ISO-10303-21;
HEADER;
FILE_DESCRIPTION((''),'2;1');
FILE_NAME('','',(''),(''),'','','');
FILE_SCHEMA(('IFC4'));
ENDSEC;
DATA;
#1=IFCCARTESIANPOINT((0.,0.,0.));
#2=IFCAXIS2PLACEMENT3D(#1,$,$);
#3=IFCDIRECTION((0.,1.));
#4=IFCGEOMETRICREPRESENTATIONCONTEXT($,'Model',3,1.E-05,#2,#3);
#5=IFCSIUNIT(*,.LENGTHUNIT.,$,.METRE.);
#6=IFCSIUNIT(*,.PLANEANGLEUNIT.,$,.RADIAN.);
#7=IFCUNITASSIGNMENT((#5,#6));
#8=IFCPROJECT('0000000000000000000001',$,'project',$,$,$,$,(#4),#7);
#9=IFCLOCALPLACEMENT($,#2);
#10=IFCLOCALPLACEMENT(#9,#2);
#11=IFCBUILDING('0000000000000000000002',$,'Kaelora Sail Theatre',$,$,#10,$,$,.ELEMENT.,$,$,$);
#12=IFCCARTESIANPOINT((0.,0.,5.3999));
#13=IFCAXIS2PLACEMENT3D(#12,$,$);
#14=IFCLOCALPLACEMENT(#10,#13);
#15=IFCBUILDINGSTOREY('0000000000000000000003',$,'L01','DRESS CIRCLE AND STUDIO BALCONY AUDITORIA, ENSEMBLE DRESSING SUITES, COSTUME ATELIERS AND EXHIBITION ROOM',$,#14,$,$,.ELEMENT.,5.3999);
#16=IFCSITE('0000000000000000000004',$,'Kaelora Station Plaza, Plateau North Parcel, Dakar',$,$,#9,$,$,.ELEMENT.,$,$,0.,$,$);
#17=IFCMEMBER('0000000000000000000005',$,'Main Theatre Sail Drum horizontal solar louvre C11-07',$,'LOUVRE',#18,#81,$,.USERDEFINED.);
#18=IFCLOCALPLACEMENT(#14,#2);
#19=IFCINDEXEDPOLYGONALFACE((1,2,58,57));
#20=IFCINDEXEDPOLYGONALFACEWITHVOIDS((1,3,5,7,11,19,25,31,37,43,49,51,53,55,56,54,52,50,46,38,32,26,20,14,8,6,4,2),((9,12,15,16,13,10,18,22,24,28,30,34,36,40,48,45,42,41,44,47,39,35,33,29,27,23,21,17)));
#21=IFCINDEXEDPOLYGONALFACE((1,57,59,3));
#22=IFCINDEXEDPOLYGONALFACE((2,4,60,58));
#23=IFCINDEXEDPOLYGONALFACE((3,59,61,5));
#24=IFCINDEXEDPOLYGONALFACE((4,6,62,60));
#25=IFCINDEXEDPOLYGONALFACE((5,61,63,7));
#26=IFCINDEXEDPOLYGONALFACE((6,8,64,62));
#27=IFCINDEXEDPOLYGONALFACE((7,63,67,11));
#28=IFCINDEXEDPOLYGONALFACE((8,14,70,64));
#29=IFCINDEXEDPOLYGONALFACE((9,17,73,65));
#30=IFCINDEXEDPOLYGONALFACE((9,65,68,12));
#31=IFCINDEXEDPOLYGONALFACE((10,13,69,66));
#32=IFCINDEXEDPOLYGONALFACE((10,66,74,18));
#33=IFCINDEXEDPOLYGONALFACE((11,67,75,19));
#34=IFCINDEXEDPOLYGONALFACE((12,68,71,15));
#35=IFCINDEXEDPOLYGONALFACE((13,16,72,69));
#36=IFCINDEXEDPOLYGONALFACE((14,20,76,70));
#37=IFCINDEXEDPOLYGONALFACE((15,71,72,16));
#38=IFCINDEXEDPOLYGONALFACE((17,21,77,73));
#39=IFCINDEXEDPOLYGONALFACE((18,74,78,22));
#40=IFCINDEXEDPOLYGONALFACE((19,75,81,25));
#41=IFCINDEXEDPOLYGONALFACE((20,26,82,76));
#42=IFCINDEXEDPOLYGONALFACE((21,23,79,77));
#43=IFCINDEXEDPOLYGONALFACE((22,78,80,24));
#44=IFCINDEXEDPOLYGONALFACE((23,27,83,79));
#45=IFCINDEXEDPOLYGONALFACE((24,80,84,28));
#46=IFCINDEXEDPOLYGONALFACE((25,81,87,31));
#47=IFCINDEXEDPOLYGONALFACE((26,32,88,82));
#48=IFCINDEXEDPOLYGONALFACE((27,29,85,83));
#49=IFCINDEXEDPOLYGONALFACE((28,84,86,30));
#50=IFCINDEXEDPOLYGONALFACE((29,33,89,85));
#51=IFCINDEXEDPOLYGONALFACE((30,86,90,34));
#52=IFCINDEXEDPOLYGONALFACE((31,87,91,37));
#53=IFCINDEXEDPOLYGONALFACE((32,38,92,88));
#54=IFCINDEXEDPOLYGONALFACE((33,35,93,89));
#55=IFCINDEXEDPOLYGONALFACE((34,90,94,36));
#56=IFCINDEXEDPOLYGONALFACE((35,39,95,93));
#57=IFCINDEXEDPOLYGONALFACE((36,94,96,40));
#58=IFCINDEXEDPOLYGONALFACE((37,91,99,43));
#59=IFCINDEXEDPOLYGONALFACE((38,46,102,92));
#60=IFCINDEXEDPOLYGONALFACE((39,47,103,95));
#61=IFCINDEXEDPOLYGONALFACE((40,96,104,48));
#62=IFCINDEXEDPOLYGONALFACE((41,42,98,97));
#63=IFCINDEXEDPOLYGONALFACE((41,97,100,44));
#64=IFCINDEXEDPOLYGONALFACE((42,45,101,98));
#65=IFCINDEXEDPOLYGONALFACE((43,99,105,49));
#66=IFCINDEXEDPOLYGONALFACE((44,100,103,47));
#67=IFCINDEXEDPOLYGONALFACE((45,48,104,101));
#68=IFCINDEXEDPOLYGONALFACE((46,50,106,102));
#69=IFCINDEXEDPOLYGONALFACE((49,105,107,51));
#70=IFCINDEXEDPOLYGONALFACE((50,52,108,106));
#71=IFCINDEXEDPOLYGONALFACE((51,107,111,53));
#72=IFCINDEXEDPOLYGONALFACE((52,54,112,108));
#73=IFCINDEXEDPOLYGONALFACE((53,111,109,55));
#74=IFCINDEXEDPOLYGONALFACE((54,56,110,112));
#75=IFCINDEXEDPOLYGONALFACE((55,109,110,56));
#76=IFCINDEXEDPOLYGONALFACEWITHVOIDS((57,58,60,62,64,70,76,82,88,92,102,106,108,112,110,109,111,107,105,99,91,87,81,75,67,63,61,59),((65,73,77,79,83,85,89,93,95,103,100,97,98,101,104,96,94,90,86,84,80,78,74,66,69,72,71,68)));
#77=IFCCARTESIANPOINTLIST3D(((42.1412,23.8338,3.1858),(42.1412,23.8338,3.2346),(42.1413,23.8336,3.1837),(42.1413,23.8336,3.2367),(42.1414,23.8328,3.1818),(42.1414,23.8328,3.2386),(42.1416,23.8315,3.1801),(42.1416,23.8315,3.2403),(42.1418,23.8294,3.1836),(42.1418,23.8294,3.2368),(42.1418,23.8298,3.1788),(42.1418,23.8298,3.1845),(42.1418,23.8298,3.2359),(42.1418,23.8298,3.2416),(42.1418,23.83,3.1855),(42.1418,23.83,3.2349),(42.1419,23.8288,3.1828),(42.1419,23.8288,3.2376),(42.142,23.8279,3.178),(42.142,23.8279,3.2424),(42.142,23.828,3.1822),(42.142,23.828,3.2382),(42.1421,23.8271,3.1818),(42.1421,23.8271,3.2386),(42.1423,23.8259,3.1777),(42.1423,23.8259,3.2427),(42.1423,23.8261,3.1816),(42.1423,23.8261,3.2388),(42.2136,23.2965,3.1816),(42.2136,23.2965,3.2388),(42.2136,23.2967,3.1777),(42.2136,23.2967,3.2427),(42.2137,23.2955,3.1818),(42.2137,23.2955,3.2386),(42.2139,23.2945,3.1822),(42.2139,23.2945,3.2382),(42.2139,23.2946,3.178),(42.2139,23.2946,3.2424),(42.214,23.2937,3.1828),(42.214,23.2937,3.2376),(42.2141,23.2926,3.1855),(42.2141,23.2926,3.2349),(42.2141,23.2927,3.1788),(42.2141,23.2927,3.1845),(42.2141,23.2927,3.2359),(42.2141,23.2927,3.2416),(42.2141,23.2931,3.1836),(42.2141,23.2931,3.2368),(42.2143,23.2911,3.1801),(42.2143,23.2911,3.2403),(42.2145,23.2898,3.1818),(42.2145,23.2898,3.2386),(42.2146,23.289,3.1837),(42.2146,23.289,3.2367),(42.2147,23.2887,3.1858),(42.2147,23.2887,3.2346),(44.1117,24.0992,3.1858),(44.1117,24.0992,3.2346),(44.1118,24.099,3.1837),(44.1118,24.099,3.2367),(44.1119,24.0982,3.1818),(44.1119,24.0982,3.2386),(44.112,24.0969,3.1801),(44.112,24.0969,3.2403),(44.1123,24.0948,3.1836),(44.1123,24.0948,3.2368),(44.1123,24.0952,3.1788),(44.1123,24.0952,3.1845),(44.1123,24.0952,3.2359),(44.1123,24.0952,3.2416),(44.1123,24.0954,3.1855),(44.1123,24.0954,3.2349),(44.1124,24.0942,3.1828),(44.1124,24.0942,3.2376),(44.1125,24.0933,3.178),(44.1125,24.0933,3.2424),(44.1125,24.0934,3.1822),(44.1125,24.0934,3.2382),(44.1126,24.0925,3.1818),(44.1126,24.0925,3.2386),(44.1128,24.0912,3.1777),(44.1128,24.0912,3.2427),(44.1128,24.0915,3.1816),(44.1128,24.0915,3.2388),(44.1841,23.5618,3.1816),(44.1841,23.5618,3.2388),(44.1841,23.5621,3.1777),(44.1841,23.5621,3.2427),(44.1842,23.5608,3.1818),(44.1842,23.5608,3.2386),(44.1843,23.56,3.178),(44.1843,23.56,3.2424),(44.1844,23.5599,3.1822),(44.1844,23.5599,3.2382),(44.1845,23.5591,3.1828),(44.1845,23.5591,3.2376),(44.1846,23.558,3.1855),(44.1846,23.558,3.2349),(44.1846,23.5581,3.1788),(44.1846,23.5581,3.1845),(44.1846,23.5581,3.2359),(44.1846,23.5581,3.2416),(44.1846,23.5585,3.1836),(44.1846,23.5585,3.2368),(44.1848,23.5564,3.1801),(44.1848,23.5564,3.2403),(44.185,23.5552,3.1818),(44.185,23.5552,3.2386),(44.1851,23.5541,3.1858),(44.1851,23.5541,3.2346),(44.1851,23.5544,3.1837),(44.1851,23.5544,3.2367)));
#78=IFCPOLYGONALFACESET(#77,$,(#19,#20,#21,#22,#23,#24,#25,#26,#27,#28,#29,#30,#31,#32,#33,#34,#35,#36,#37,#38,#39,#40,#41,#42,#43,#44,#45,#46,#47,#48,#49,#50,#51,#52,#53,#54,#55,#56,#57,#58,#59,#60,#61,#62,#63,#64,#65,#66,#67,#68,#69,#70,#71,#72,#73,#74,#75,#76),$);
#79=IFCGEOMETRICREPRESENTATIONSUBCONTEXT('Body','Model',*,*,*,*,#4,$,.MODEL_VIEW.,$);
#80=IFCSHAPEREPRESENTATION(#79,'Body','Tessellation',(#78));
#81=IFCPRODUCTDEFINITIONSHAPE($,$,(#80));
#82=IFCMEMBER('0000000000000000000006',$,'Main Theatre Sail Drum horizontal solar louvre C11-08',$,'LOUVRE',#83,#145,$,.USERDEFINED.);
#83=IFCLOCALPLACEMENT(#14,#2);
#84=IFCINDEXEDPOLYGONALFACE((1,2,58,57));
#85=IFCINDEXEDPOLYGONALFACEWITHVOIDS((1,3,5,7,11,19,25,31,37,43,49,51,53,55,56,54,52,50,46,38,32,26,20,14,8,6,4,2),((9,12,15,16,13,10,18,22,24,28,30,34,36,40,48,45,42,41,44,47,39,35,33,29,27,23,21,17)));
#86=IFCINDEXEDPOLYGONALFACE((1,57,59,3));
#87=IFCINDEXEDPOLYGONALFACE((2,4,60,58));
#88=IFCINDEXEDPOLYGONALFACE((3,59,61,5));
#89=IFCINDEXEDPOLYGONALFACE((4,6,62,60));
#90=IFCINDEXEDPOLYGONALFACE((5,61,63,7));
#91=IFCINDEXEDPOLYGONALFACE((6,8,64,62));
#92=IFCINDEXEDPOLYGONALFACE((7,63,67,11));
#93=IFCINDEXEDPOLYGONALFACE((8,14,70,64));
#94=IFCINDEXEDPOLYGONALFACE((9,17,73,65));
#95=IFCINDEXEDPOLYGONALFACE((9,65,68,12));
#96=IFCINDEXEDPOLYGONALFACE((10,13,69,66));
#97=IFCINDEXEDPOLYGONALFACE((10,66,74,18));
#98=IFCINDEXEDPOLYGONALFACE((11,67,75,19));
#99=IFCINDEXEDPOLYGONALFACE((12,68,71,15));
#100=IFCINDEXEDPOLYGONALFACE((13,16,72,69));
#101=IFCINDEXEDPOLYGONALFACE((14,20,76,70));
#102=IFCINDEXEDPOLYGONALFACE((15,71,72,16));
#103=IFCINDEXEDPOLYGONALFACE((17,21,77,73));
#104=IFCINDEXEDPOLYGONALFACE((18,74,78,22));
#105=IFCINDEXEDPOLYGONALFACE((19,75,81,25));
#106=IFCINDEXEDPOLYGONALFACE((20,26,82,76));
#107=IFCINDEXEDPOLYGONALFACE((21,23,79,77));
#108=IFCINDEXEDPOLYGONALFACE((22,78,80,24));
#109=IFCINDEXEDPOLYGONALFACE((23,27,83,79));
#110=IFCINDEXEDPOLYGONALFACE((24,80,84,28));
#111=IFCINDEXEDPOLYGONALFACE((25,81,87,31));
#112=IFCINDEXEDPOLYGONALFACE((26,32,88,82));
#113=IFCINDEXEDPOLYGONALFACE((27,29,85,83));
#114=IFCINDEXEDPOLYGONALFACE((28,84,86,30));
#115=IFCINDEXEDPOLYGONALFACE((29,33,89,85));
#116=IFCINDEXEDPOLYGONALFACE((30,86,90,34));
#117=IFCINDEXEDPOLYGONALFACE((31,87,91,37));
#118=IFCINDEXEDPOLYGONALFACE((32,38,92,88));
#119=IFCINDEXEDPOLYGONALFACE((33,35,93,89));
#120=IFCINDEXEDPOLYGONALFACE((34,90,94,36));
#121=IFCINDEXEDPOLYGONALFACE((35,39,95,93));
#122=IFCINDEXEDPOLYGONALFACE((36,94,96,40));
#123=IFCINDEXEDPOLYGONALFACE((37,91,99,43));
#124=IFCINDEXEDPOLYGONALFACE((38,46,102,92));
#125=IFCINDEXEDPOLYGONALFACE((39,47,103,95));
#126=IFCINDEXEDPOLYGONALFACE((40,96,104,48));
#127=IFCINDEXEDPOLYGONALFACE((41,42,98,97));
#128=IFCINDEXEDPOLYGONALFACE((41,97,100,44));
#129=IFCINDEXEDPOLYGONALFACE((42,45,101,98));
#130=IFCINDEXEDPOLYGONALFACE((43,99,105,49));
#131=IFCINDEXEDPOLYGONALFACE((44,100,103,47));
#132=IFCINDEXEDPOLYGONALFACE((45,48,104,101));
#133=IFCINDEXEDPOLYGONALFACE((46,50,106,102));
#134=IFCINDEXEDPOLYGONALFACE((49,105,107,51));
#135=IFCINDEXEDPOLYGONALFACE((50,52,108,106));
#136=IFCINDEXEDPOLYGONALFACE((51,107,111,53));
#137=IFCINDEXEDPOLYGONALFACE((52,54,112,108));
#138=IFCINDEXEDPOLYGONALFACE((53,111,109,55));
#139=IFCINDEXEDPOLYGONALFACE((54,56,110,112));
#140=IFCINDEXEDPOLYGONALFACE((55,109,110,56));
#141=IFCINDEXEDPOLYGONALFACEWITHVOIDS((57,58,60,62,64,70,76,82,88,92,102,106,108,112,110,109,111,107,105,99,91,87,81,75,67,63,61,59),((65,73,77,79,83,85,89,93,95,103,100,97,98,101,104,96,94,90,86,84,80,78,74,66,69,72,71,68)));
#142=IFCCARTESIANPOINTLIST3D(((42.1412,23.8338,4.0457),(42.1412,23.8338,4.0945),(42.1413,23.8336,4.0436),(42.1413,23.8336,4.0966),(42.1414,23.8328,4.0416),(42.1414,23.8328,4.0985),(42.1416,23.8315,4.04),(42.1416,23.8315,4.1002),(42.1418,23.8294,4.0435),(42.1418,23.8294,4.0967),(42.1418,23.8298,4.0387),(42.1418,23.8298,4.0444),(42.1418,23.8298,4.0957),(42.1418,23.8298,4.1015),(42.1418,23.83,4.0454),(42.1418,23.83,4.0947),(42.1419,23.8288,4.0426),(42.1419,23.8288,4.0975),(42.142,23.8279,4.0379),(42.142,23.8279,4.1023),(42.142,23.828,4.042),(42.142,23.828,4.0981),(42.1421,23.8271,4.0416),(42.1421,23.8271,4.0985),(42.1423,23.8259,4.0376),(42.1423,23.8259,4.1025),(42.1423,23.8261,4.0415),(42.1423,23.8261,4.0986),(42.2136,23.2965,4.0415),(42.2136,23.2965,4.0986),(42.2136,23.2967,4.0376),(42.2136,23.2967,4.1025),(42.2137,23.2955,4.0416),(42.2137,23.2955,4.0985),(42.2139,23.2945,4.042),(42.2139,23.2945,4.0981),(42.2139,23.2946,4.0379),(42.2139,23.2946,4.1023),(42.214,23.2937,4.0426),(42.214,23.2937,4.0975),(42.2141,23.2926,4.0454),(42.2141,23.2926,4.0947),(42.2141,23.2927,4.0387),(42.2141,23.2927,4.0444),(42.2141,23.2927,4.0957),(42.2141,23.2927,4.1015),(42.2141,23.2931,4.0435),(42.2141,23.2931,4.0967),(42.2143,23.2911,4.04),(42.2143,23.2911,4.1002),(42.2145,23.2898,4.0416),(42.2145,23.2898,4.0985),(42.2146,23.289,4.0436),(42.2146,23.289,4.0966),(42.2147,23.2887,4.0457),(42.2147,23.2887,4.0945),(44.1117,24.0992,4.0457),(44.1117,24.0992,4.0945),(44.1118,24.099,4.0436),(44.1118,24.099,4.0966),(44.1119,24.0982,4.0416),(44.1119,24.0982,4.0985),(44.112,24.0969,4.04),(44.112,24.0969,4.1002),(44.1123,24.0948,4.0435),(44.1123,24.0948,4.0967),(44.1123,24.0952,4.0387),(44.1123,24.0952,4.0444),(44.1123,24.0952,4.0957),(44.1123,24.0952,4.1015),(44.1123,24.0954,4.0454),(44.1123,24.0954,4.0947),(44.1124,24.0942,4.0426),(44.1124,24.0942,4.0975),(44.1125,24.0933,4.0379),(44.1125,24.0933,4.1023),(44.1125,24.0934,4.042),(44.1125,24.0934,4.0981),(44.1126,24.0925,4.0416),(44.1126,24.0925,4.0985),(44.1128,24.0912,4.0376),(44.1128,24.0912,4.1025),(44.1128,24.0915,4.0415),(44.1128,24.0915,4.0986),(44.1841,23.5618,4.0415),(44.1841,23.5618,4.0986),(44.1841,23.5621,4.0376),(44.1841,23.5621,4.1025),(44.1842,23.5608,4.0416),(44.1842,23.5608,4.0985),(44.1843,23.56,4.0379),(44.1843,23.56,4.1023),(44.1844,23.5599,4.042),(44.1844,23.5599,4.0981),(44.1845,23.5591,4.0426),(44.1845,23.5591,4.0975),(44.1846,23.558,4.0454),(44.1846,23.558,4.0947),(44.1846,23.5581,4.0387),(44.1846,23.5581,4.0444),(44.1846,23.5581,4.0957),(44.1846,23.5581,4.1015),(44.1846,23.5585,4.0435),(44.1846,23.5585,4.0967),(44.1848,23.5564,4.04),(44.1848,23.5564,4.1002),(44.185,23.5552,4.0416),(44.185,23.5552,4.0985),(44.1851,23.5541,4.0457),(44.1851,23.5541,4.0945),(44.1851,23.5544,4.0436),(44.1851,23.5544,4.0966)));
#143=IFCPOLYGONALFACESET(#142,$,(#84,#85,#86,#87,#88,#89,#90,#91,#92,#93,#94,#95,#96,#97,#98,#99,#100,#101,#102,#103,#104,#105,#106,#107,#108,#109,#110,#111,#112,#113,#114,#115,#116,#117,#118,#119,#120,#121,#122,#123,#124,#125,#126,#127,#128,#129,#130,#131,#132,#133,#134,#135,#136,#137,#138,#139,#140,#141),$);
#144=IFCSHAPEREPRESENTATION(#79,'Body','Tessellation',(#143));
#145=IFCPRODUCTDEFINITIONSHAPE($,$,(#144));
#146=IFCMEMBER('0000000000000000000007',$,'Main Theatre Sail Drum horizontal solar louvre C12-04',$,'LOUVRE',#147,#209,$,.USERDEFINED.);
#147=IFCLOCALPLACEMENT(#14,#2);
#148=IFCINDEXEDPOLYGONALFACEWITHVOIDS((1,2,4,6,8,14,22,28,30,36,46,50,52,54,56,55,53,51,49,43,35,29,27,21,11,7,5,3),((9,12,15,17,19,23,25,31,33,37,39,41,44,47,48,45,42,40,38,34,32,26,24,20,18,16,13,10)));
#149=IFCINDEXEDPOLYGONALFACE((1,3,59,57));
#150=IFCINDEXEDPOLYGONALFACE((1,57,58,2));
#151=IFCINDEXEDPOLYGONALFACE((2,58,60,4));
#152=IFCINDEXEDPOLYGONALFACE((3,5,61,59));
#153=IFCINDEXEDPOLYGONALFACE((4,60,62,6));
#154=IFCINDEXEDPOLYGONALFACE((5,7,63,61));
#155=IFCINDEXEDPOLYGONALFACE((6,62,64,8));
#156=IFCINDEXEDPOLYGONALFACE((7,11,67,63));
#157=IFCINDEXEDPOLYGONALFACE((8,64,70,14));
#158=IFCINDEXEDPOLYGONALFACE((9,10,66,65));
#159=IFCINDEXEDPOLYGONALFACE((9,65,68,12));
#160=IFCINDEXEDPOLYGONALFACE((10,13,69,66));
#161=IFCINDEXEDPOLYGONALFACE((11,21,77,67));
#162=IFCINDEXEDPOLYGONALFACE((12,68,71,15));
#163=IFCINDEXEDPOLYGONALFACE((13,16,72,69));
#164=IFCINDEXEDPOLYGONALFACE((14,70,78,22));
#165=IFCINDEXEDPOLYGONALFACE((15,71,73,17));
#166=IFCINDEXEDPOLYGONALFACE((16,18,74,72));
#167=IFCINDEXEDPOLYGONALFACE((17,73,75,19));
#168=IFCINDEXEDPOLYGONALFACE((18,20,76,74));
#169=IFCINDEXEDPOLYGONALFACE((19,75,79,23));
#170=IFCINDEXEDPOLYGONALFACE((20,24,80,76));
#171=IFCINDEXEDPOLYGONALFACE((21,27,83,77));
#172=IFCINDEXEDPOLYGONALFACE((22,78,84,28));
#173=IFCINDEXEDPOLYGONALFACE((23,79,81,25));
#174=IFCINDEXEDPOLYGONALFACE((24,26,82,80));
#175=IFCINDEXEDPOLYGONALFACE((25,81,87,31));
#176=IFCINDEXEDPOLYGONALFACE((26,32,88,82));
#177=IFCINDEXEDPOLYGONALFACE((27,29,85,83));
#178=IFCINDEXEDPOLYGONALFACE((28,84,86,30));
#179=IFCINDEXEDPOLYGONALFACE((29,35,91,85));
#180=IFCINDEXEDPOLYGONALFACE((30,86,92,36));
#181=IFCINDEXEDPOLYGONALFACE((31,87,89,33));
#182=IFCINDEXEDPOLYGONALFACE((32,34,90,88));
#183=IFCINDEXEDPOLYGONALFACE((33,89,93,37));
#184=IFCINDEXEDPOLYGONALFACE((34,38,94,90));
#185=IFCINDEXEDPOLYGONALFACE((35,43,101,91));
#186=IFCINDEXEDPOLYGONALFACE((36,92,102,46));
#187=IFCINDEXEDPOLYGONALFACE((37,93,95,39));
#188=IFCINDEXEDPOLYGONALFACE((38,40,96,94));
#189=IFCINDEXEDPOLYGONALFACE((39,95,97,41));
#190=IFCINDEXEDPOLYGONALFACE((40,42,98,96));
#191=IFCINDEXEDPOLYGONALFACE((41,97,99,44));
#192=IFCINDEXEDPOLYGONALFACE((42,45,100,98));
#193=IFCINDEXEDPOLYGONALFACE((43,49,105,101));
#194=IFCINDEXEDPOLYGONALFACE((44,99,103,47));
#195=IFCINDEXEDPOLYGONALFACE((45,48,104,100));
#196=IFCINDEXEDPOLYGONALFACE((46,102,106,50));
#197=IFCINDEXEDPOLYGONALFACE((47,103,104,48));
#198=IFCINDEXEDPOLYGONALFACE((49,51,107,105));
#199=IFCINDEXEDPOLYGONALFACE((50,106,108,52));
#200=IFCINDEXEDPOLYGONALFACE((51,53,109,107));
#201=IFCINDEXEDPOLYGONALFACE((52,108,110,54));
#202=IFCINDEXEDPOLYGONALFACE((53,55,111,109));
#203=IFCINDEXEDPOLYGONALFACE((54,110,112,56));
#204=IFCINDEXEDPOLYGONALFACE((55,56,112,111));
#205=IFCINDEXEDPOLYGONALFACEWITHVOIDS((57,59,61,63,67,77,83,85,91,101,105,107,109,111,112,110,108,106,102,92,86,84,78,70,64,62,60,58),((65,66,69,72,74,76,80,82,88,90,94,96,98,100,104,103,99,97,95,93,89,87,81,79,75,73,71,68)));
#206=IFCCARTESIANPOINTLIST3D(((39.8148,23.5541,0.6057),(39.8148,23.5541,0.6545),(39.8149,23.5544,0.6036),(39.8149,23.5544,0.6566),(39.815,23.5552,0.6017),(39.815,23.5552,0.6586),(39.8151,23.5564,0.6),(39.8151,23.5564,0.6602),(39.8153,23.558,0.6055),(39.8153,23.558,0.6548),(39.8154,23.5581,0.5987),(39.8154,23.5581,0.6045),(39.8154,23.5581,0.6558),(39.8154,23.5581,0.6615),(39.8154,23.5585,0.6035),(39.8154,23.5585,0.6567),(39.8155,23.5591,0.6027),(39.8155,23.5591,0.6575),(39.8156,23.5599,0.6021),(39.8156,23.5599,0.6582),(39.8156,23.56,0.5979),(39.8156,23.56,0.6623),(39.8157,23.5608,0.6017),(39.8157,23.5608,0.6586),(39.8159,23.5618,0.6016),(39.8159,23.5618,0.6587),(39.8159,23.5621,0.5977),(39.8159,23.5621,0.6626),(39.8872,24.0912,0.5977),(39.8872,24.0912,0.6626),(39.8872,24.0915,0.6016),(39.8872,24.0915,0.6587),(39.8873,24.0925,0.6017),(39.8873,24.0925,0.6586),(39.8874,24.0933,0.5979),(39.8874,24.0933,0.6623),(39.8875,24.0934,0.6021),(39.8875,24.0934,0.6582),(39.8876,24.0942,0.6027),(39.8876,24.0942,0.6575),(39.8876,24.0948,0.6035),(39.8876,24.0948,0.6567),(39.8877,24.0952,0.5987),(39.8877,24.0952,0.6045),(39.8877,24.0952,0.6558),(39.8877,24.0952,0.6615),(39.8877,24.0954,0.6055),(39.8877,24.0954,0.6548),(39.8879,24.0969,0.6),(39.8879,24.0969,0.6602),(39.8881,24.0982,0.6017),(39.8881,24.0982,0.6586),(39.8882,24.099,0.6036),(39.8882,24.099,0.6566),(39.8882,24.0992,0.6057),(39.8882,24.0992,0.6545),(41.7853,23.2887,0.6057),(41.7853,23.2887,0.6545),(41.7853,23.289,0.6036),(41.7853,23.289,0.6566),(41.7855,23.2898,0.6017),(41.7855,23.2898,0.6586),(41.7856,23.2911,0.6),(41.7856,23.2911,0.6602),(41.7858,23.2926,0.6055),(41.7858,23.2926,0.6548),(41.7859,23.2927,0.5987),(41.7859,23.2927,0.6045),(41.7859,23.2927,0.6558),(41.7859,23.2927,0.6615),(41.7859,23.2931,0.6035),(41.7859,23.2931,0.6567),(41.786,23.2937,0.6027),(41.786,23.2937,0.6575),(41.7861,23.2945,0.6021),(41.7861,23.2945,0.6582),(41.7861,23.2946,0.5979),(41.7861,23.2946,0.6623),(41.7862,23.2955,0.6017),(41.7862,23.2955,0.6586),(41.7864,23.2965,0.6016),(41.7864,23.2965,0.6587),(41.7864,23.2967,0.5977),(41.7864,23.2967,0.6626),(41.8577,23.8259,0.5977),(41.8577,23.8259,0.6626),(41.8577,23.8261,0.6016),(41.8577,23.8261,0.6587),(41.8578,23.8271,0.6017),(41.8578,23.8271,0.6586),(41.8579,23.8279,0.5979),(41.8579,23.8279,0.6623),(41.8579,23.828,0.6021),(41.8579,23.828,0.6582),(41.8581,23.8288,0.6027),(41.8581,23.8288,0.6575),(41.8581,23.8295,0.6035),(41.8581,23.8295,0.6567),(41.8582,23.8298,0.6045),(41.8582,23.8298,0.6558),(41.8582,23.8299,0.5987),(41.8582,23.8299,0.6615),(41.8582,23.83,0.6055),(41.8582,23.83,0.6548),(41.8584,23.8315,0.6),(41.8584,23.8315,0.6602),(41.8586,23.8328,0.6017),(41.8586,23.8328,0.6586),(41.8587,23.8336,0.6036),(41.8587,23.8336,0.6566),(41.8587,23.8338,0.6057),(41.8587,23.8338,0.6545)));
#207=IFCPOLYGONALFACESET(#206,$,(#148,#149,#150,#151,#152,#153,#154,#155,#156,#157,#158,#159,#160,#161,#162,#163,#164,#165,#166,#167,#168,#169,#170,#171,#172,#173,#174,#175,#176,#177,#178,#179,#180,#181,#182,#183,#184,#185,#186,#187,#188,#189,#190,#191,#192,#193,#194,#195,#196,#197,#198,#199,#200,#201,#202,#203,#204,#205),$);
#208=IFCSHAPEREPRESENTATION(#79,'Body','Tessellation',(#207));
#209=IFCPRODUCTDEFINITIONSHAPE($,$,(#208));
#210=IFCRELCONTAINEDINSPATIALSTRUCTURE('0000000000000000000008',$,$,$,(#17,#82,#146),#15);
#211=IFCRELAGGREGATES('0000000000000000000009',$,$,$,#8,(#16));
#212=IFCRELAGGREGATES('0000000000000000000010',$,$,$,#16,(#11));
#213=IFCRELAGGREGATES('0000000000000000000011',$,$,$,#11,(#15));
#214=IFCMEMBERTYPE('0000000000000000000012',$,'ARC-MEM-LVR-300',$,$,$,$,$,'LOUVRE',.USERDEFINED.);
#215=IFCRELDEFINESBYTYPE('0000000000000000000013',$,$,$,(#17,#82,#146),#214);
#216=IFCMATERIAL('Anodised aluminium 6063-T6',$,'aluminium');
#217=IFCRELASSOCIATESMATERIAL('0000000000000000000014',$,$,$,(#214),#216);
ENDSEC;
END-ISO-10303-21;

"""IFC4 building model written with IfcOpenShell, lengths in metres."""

from ifc_helpers import new_model, si_unit, direction, frame, origin, origin_2d, place, context, subcontext, project, spatial, hollow_rectangle, extrude, material, material_profile, profile_set, type_object, element, save


model = new_model("IFC4")

# Units and contexts
model_context = context("Model", 3, precision=1e-05, world=origin(), true_north=direction((0.0, 1.0)))
body_context = subcontext(model_context, "Body", "Model", "MODEL_VIEW")
ifc_project = project(units=[si_unit("LENGTHUNIT", "METRE"), si_unit("PLANEANGLEUNIT", "RADIAN")], contexts=[model_context])

# Site, building, storey
site_placement = place(None, origin())
site = spatial("IfcSite", under=ifc_project, at=site_placement, Name="Kaelora Station Plaza, Plateau North Parcel, Dakar", CompositionType="ELEMENT", RefElevation=0.0)
building_placement = place(site_placement, origin())
building = spatial("IfcBuilding", under=site, at=building_placement, Name="Kaelora Sail Theatre", CompositionType="ELEMENT")
storey_placement = place(building_placement, frame((0.0, 0.0, 5.3999)))
storey = spatial("IfcBuildingStorey", under=building, at=storey_placement, Name="L01", Description="DRESS CIRCLE AND STUDIO BALCONY AUDITORIA, ENSEMBLE DRESSING SUITES, COSTUME ATELIERS AND EXHIBITION ROOM", CompositionType="ELEMENT", Elevation=5.3999)

# Members
ifc_material_1 = material(Name="Anodised aluminium 6063-T6", Category="aluminium")
ifc_material_profile_1 = material_profile(ifc_material_1, hollow_rectangle(XDim=0.55, YDim=0.0649, WallThickness=0.0039, InnerFilletRadius=0.0039, OuterFilletRadius=0.0081, at=origin_2d()), Name="LOUVRE 550x65x4")
ifc_profile_set_1 = profile_set([ifc_material_profile_1], Name="Anodised aluminium 6063-T6")
member_type = type_object("IfcMemberType", Name="ARC-MEM-LVR-300", ElementType="LOUVRE", PredefinedType="USERDEFINED", material=ifc_profile_set_1)
for number, where, z_axis, x_axis, name in (
    (1, (44.1484, 23.8267, 3.2102), (-0.991052, -0.133475, 0.0), (0.133475, -0.991052, 0.0), "Main Theatre Sail Drum horizontal solar louvre C11-07"),
    (2, (44.1484, 23.8267, 4.0701), (-0.991052, -0.133475, 0.0), (0.133475, -0.991052, 0.0), "Main Theatre Sail Drum horizontal solar louvre C11-08"),
    (3, (41.822, 23.5613, 0.6301), (-0.991052, 0.133475, 0.0), (-0.133475, -0.991052, 0.0), "Main Theatre Sail Drum horizontal solar louvre C12-04"),
):
    element("IfcMember", number, at=place(storey_placement, frame(where, z_axis=z_axis, x_axis=x_axis)), inside=storey, type_object=member_type, Name=name, ObjectType="LOUVRE", PredefinedType="USERDEFINED", context=body_context, shape_type="SweptSolid", body=[
        extrude(hollow_rectangle(XDim=0.55, YDim=0.0649, WallThickness=0.0039, InnerFilletRadius=0.0039, OuterFilletRadius=0.0081, at=origin_2d()), origin(), (0.0, 0.0, 1.0), 1.9883),
    ])

save(model, "model.ifc")
